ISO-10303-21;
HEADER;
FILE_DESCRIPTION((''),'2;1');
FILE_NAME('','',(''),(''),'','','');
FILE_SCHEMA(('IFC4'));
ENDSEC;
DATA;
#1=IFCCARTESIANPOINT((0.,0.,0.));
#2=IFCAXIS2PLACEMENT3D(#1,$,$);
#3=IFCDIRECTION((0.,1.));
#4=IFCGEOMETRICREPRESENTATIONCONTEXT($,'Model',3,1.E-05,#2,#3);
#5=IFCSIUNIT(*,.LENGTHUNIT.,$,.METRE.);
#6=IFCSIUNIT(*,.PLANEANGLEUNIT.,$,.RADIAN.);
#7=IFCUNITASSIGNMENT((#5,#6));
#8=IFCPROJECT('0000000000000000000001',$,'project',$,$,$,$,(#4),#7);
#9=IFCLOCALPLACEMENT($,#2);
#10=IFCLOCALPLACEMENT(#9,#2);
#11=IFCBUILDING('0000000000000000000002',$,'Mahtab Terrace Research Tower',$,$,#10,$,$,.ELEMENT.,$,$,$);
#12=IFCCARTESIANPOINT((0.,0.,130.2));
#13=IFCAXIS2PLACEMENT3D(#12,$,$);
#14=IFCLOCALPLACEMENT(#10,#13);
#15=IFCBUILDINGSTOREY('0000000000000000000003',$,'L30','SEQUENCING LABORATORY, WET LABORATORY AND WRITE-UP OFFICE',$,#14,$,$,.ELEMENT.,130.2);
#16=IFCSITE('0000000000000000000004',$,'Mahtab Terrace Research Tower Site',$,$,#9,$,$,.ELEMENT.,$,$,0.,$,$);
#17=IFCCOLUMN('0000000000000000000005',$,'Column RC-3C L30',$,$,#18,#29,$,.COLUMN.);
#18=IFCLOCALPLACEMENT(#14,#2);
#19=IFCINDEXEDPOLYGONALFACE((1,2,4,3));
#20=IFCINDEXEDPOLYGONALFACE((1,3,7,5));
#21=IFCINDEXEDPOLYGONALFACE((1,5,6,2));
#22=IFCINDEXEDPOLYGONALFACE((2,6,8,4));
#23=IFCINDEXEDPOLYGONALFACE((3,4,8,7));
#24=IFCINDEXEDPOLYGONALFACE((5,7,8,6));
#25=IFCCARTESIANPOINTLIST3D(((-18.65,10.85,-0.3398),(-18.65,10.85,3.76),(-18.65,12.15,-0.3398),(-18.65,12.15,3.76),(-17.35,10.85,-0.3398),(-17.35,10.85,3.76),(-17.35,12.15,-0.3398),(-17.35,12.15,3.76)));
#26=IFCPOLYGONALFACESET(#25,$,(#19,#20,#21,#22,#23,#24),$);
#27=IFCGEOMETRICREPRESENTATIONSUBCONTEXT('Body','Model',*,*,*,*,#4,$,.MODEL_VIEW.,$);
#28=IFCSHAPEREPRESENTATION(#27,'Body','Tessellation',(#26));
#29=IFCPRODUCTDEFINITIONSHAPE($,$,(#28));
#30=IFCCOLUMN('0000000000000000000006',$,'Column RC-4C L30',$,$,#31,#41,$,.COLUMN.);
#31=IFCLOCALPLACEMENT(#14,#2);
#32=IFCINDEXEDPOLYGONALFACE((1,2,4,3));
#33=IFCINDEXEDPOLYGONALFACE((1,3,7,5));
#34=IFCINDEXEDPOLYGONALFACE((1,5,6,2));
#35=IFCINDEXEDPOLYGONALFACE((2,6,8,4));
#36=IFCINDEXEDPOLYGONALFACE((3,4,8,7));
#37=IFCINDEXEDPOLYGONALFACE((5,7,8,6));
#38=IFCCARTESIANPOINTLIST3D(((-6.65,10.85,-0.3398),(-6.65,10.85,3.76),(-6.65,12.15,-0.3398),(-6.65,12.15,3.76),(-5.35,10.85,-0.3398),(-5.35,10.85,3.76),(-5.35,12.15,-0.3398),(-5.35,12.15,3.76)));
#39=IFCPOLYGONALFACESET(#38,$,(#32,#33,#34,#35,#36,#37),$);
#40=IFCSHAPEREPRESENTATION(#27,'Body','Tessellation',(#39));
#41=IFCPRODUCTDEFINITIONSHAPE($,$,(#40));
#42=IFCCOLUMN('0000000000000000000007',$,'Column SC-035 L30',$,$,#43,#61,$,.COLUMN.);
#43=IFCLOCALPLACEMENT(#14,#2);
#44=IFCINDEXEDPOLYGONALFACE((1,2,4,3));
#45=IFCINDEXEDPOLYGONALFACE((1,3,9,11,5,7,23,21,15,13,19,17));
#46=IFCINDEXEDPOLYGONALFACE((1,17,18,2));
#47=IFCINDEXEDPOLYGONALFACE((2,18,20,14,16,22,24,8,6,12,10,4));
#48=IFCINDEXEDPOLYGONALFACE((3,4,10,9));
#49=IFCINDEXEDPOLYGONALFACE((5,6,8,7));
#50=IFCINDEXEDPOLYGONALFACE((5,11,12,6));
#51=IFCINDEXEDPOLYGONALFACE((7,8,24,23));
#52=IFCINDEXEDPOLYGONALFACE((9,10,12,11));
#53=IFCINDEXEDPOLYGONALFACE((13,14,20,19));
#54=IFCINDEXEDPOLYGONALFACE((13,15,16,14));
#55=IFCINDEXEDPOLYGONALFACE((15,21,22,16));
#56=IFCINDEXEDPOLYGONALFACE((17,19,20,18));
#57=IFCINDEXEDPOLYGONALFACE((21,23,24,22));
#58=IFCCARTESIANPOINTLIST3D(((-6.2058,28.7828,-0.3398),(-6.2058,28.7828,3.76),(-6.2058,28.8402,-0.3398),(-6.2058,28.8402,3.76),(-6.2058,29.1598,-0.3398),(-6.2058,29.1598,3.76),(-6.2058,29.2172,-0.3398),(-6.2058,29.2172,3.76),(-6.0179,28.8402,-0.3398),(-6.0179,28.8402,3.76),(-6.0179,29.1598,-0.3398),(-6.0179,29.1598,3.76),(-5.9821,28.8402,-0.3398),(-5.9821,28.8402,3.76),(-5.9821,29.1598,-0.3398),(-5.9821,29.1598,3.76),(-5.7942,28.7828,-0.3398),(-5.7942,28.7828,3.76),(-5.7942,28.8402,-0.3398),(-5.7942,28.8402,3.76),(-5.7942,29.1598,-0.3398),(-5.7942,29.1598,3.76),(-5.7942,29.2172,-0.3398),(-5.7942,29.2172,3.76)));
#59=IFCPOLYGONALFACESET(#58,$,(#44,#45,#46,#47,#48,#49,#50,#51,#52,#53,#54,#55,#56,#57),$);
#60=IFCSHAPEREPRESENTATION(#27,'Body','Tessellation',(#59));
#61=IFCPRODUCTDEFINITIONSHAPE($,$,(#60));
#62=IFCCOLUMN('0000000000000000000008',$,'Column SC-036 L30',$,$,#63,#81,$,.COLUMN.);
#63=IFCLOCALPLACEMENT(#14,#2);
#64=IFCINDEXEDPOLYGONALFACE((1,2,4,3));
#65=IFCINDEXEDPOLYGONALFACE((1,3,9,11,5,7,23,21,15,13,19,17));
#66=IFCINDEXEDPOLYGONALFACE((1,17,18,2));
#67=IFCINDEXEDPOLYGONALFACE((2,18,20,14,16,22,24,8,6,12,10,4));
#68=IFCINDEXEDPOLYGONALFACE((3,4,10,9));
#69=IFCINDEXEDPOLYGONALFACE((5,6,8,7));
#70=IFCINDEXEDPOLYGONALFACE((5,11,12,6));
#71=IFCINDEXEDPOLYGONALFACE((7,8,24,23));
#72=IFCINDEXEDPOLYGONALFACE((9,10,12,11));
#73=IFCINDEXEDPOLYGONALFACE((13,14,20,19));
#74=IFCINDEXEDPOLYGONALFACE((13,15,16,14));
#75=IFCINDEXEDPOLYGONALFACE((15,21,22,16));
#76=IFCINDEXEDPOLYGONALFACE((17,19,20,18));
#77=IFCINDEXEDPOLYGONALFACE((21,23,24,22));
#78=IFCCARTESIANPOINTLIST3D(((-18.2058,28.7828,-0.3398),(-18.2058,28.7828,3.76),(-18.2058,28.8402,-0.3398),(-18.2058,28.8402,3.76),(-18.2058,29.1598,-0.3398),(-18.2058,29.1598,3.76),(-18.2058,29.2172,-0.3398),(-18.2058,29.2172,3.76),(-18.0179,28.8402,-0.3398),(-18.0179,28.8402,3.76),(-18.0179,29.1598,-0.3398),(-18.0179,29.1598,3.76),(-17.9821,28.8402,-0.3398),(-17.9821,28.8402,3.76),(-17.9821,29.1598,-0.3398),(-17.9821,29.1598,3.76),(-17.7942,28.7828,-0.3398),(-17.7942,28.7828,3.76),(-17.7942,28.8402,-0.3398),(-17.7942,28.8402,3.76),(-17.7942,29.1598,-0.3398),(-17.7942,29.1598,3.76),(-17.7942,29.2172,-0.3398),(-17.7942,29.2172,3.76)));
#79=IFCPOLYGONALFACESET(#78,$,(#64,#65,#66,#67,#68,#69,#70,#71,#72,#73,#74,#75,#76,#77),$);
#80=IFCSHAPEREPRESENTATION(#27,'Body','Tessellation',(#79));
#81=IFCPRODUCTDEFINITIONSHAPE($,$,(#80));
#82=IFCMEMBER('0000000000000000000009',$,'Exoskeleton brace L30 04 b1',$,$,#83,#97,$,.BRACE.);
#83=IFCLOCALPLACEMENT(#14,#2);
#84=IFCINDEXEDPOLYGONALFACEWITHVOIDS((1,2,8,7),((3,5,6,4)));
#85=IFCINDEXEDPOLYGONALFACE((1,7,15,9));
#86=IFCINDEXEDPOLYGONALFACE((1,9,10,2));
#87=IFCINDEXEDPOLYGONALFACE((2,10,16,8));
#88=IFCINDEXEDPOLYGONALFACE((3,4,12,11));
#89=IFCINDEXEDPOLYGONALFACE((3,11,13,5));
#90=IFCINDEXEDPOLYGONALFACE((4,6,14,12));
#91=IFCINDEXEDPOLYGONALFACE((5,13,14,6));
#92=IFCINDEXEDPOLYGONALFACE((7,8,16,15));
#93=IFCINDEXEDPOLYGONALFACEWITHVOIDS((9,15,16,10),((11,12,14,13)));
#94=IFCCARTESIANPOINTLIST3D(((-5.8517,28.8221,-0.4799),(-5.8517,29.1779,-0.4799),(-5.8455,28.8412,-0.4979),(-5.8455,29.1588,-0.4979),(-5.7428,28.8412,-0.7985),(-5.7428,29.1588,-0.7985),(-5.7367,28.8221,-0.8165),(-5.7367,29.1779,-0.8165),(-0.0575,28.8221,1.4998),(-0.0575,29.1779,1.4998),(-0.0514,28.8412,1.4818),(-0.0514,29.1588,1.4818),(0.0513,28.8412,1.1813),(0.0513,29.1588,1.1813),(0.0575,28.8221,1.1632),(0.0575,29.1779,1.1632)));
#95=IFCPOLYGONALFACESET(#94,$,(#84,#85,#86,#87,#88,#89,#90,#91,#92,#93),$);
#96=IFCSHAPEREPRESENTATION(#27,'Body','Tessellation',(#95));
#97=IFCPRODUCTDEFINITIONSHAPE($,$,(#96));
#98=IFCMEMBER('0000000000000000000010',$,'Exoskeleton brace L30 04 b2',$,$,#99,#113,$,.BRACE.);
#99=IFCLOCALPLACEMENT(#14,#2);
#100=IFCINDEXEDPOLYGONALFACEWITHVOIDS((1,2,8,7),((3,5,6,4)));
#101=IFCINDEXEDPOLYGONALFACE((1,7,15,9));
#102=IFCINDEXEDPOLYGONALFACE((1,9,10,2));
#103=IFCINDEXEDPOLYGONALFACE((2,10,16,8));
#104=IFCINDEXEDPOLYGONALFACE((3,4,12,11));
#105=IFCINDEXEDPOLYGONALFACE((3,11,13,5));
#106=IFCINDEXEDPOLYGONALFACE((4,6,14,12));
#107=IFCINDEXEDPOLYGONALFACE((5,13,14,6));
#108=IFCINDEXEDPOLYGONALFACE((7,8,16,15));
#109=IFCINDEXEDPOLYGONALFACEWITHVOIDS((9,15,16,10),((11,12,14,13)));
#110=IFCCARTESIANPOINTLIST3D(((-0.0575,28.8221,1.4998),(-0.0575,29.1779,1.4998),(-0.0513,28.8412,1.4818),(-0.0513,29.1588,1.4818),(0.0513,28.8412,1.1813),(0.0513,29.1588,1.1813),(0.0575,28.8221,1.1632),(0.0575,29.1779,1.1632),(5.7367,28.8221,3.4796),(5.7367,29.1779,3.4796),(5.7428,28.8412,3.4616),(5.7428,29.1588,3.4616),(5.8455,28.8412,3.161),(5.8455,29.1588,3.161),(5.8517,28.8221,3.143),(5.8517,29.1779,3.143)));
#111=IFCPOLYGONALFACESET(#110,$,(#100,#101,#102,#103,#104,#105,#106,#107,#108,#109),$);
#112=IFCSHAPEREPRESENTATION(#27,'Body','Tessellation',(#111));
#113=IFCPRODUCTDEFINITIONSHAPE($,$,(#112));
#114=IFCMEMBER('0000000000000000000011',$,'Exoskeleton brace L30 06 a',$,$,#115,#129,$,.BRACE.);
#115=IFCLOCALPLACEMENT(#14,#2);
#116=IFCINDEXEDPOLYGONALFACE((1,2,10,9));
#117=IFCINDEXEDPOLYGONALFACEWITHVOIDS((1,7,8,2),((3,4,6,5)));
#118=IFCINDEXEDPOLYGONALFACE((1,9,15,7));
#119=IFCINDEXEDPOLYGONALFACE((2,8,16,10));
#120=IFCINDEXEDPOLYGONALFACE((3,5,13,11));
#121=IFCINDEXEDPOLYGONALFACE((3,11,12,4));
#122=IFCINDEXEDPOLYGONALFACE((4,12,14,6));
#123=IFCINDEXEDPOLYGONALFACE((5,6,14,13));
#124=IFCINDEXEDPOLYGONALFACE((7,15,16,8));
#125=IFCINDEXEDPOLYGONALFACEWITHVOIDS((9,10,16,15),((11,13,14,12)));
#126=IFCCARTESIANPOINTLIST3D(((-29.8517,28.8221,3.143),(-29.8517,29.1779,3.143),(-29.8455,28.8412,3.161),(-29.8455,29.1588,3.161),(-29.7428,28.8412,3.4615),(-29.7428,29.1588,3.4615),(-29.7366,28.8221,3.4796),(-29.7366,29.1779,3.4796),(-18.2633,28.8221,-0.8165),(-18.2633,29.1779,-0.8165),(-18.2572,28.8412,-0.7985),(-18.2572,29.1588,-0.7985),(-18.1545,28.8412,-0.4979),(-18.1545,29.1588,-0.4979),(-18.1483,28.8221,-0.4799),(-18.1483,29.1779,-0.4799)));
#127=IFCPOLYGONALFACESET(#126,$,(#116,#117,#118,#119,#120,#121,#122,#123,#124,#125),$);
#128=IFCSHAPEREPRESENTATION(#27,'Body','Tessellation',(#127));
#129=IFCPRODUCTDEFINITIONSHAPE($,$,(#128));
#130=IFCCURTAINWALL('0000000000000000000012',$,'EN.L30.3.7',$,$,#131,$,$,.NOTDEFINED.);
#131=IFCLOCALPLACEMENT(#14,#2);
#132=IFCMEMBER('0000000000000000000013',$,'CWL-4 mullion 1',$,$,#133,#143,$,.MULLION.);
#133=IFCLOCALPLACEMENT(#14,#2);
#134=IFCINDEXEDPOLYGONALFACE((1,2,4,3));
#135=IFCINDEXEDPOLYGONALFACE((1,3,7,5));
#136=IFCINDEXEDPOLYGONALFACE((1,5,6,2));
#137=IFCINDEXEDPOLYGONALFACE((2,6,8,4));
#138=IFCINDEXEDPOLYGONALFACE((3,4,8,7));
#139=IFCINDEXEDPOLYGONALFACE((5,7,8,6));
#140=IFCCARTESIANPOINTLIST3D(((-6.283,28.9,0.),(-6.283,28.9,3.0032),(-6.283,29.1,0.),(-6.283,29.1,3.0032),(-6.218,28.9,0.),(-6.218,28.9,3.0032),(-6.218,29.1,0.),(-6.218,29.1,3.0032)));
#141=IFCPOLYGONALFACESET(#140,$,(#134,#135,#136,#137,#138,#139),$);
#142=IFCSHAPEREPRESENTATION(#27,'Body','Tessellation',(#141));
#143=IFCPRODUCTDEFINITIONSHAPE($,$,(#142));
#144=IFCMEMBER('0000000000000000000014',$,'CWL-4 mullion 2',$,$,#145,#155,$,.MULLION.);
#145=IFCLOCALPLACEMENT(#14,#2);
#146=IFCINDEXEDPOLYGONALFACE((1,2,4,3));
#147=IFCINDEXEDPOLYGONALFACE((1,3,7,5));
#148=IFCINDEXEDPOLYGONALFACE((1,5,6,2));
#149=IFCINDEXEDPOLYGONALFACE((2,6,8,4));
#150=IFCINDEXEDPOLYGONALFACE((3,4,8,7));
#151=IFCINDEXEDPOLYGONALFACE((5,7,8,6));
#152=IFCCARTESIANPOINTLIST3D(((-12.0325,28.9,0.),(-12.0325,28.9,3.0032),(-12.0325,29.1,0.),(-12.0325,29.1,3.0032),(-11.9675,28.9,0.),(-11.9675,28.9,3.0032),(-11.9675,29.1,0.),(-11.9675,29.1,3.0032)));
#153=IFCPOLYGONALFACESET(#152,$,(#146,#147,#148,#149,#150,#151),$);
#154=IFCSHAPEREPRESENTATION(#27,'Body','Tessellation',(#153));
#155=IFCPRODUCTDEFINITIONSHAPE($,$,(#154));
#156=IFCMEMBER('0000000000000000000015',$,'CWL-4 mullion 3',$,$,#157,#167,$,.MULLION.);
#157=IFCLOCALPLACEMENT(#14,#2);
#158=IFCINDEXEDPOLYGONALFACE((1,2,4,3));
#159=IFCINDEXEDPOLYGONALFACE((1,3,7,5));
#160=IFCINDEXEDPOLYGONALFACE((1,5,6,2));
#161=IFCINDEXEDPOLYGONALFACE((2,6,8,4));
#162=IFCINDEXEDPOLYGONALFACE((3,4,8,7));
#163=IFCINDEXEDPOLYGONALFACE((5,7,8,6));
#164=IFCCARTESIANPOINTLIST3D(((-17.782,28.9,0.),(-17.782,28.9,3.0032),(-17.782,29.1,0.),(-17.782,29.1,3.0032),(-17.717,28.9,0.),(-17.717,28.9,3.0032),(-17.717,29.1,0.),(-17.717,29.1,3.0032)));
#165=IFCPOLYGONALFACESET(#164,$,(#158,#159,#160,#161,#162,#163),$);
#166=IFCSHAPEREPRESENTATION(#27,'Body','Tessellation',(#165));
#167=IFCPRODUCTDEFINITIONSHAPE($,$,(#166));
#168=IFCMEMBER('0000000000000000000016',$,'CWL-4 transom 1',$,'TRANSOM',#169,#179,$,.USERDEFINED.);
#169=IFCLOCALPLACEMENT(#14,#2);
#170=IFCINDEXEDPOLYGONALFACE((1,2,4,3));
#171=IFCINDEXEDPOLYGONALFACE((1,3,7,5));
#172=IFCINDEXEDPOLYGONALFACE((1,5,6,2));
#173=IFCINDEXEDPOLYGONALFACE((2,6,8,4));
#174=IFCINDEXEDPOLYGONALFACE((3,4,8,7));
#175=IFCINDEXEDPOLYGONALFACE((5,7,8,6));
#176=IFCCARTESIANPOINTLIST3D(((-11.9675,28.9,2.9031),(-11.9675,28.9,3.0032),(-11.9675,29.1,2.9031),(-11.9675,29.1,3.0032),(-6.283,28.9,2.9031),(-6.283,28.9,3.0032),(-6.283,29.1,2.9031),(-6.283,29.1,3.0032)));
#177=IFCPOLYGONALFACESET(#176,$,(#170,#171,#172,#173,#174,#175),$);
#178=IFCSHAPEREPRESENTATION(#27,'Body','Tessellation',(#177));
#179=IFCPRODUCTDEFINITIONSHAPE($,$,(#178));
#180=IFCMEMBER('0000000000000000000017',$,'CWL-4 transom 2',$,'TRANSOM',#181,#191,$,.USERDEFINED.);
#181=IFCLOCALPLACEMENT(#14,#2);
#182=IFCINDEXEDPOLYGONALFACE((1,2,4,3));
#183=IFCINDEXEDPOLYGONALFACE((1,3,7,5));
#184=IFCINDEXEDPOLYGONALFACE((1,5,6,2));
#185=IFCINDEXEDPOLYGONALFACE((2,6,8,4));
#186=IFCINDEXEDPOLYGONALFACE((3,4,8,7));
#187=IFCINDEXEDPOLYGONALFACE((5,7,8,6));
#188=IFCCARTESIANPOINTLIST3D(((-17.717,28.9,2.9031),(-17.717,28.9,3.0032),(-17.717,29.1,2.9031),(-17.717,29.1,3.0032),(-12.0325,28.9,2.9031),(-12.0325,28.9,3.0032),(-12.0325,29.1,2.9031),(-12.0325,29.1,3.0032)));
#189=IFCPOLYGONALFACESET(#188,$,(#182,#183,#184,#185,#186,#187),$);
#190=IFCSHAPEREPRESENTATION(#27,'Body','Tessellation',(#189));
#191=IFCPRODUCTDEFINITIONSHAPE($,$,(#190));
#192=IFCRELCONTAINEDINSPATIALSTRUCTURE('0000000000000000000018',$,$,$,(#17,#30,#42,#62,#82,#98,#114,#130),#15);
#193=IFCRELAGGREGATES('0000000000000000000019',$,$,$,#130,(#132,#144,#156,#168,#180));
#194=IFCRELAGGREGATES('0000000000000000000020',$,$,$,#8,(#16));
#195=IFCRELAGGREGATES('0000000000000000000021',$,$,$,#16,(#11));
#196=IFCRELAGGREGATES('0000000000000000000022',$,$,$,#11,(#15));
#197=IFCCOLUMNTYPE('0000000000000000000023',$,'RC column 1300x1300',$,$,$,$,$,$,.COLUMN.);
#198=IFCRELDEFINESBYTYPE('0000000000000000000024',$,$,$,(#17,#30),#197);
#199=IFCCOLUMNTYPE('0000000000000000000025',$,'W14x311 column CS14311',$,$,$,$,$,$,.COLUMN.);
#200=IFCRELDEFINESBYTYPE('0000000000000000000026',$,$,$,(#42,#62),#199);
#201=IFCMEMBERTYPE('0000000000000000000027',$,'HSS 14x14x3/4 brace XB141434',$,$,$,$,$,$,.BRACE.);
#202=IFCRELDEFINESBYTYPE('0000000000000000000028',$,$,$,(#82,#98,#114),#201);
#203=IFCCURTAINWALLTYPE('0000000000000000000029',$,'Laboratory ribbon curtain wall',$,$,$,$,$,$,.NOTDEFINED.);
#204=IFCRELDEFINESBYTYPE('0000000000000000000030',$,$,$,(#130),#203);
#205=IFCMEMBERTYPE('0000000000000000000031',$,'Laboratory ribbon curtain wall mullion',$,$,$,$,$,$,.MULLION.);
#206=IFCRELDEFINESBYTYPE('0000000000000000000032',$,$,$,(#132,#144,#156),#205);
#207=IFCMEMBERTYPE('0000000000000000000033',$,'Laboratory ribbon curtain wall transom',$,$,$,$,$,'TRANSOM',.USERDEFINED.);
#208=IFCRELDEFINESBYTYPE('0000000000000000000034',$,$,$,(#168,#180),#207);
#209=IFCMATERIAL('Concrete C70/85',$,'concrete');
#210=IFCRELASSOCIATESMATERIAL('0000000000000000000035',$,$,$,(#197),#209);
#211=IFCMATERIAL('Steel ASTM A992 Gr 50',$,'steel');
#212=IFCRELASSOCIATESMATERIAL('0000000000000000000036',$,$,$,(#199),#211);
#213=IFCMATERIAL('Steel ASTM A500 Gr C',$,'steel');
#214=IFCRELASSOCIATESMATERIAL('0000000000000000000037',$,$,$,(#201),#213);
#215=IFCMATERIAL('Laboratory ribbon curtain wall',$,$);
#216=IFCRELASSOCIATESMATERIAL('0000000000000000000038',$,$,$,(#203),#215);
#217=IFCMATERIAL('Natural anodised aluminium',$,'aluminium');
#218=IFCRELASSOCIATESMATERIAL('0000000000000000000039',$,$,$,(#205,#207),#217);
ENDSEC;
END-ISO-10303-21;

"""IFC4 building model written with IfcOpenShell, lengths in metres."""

from ifc_helpers import new_model, si_unit, direction, frame, origin, origin_2d, place, context, subcontext, project, spatial, rectangle, hollow_rectangle, i_section, extrude, material, material_profile, profile_set, type_object, element, aggregate, save


model = new_model("IFC4")

# Units and contexts
model_context = context("Model", 3, precision=1e-05, world=origin(), true_north=direction((0.0, 1.0)))
body_context = subcontext(model_context, "Body", "Model", "MODEL_VIEW")
ifc_project = project(units=[si_unit("LENGTHUNIT", "METRE"), si_unit("PLANEANGLEUNIT", "RADIAN")], contexts=[model_context])

# Site, building, storey
site_placement = place(None, origin())
site = spatial("IfcSite", under=ifc_project, at=site_placement, Name="Mahtab Terrace Research Tower Site", CompositionType="ELEMENT", RefElevation=0.0)
building_placement = place(site_placement, origin())
building = spatial("IfcBuilding", under=site, at=building_placement, Name="Mahtab Terrace Research Tower", CompositionType="ELEMENT")
storey_placement = place(building_placement, frame((0.0, 0.0, 130.2)))
storey = spatial("IfcBuildingStorey", under=building, at=storey_placement, Name="L30", Description="SEQUENCING LABORATORY, WET LABORATORY AND WRITE-UP OFFICE", CompositionType="ELEMENT", Elevation=130.2)

# Columns
ifc_material_1 = material(Name="Concrete C70/85", Category="concrete")
ifc_material_profile_1 = material_profile(ifc_material_1, rectangle(XDim=1.3, YDim=1.3, at=origin_2d()), Name="RC column 1300x1300")
ifc_profile_set_1 = profile_set([ifc_material_profile_1], Name="Concrete C70/85")
column_type_1 = type_object("IfcColumnType", Name="RC column 1300x1300", PredefinedType="COLUMN", material=ifc_profile_set_1)
for number, where, z_axis, x_axis, name in (
    (1, (-18.0, 11.5, -0.3398), (0.0, 0.0, 1.0), (1.0, 0.0, 0.0), "Column RC-3C L30"),
    (2, (-6.0, 11.5, -0.3398), (0.0, 0.0, 1.0), (1.0, 0.0, 0.0), "Column RC-4C L30"),
):
    element("IfcColumn", number, at=place(storey_placement, frame(where, z_axis=z_axis, x_axis=x_axis)), inside=storey, type_object=column_type_1, Name=name, PredefinedType="COLUMN", context=body_context, shape_type="SweptSolid", body=[
        extrude(rectangle(XDim=1.3, YDim=1.3, at=origin_2d()), origin(), (0.0, 0.0, 1.0), 4.0999),
    ])
ifc_material_2 = material(Name="Steel ASTM A992 Gr 50", Category="steel")
ifc_material_profile_2 = material_profile(ifc_material_2, i_section(OverallWidth=0.4116, OverallDepth=0.4343, WebThickness=0.0359, FlangeThickness=0.0574, at=origin_2d()), Name="W14X311")
ifc_profile_set_2 = profile_set([ifc_material_profile_2], Name="Steel ASTM A992 Gr 50")
column_type_2 = type_object("IfcColumnType", Name="W14x311 column CS14311", PredefinedType="COLUMN", material=ifc_profile_set_2)
for number, where, z_axis, x_axis, name in (
    (3, (-6.0, 29.0, -0.3398), (0.0, 0.0, 1.0), (1.0, 0.0, 0.0), "Column SC-035 L30"),
    (4, (-18.0, 29.0, -0.3398), (0.0, 0.0, 1.0), (1.0, 0.0, 0.0), "Column SC-036 L30"),
):
    element("IfcColumn", number, at=place(storey_placement, frame(where, z_axis=z_axis, x_axis=x_axis)), inside=storey, type_object=column_type_2, Name=name, PredefinedType="COLUMN", context=body_context, shape_type="SweptSolid", body=[
        extrude(i_section(OverallWidth=0.4116, OverallDepth=0.4343, WebThickness=0.0359, FlangeThickness=0.0574, at=origin_2d()), origin(), (0.0, 0.0, 1.0), 4.0999),
    ])

# Members
ifc_material_3 = material(Name="Steel ASTM A500 Gr C", Category="steel")
ifc_material_profile_3 = material_profile(ifc_material_3, hollow_rectangle(XDim=0.3557, YDim=0.3557, WallThickness=0.019, at=origin_2d()), Name="HSS14X14X3/4")
ifc_profile_set_3 = profile_set([ifc_material_profile_3], Name="Steel ASTM A500 Gr C")
member_type_1 = type_object("IfcMemberType", Name="HSS 14x14x3/4 brace XB141434", PredefinedType="BRACE", material=ifc_profile_set_3)
for number, where, z_axis, x_axis, name in (
    (5, (-5.7942, 29.0, -0.6482), (0.946288, 0.0, 0.323324), (0.0, 1.0, 0.0), "Exoskeleton brace L30 04 b1"),
    (6, (0.0, 29.0, 1.3315), (0.946288, 0.0, 0.323324), (0.0, 1.0, 0.0), "Exoskeleton brace L30 04 b2"),
):
    element("IfcMember", number, at=place(storey_placement, frame(where, z_axis=z_axis, x_axis=x_axis)), inside=storey, type_object=member_type_1, Name=name, PredefinedType="BRACE", context=body_context, shape_type="SweptSolid", body=[
        extrude(hollow_rectangle(XDim=0.3557, YDim=0.3557, WallThickness=0.019, at=origin_2d()), origin(), (0.0, 0.0, 1.0), 6.123),
    ])
member_1_placement = place(storey_placement, frame((-18.2058, 29.0, -0.6482), z_axis=(-0.946288, 0.0, 0.323324), x_axis=(0.0, -1.0, 0.0)))
element("IfcMember", 7, at=member_1_placement, inside=storey, type_object=member_type_1, Name="Exoskeleton brace L30 06 a", PredefinedType="BRACE", context=body_context, shape_type="SweptSolid", body=[
    extrude(hollow_rectangle(XDim=0.3557, YDim=0.3557, WallThickness=0.019, at=origin_2d()), origin(), (0.0, 0.0, 1.0), 12.2461),
])

# Curtain wall, members
ifc_material_4 = material(Name="Laboratory ribbon curtain wall")
curtain_wall_type = type_object("IfcCurtainWallType", Name="Laboratory ribbon curtain wall", PredefinedType="NOTDEFINED", material=ifc_material_4)
curtain_wall_placement = place(storey_placement, origin())
curtain_wall = element("IfcCurtainWall", 8, at=curtain_wall_placement, inside=storey, type_object=curtain_wall_type, Name="EN.L30.3.7", PredefinedType="NOTDEFINED")
ifc_material_5 = material(Name="Natural anodised aluminium", Category="aluminium")
ifc_material_profile_4 = material_profile(ifc_material_5, rectangle(XDim=0.2, YDim=0.0649, at=origin_2d()), Name="MULLION 65x200")
ifc_profile_set_4 = profile_set([ifc_material_profile_4], Name="Natural anodised aluminium")
member_type_2 = type_object("IfcMemberType", Name="Laboratory ribbon curtain wall mullion", PredefinedType="MULLION", material=ifc_profile_set_4)
member_2_placement = place(storey_placement, frame((-6.2505, 29.0, 0.0), z_axis=(0.0, 0.0, 1.0), x_axis=(0.0, -1.0, 0.0)))
member_2 = element("IfcMember", 9, at=member_2_placement, type_object=member_type_2, Name="CWL-4 mullion 1", PredefinedType="MULLION", context=body_context, shape_type="SweptSolid", body=[
    extrude(rectangle(XDim=0.2, YDim=0.0649, at=origin_2d()), origin(), (0.0, 0.0, 1.0), 3.0032),
])
member_3_placement = place(storey_placement, frame((-12.0, 29.0, 0.0), z_axis=(0.0, 0.0, 1.0), x_axis=(0.0, -1.0, 0.0)))
member_3 = element("IfcMember", 10, at=member_3_placement, type_object=member_type_2, Name="CWL-4 mullion 2", PredefinedType="MULLION", context=body_context, shape_type="SweptSolid", body=[
    extrude(rectangle(XDim=0.2, YDim=0.0649, at=origin_2d()), origin(), (0.0, 0.0, 1.0), 3.0032),
])
member_4_placement = place(storey_placement, frame((-17.7495, 29.0, 0.0), z_axis=(0.0, 0.0, 1.0), x_axis=(0.0, -1.0, 0.0)))
member_4 = element("IfcMember", 11, at=member_4_placement, type_object=member_type_2, Name="CWL-4 mullion 3", PredefinedType="MULLION", context=body_context, shape_type="SweptSolid", body=[
    extrude(rectangle(XDim=0.2, YDim=0.0649, at=origin_2d()), origin(), (0.0, 0.0, 1.0), 3.0032),
])
ifc_material_profile_5 = material_profile(ifc_material_5, rectangle(XDim=0.2, YDim=0.1001, at=origin_2d()), Name="TRANSOM 100x200")
ifc_profile_set_5 = profile_set([ifc_material_profile_5], Name="Natural anodised aluminium")
member_type_3 = type_object("IfcMemberType", Name="Laboratory ribbon curtain wall transom", ElementType="TRANSOM", PredefinedType="USERDEFINED", material=ifc_profile_set_5)
member_5_placement = place(storey_placement, frame((-6.283, 29.0, 2.9531), z_axis=(-1.0, 0.0, 0.0), x_axis=(0.0, -1.0, 0.0)))
member_5 = element("IfcMember", 12, at=member_5_placement, type_object=member_type_3, Name="CWL-4 transom 1", ObjectType="TRANSOM", PredefinedType="USERDEFINED", context=body_context, shape_type="SweptSolid", body=[
    extrude(rectangle(XDim=0.2, YDim=0.1001, at=origin_2d()), origin(), (0.0, 0.0, 1.0), 5.6846),
])
member_6_placement = place(storey_placement, frame((-12.0325, 29.0, 2.9531), z_axis=(-1.0, 0.0, 0.0), x_axis=(0.0, -1.0, 0.0)))
member_6 = element("IfcMember", 13, at=member_6_placement, type_object=member_type_3, Name="CWL-4 transom 2", ObjectType="TRANSOM", PredefinedType="USERDEFINED", context=body_context, shape_type="SweptSolid", body=[
    extrude(rectangle(XDim=0.2, YDim=0.1001, at=origin_2d()), origin(), (0.0, 0.0, 1.0), 5.6846),
])

aggregate(curtain_wall, [member_2, member_3, member_4, member_5, member_6])

save(model, "model.ifc")
